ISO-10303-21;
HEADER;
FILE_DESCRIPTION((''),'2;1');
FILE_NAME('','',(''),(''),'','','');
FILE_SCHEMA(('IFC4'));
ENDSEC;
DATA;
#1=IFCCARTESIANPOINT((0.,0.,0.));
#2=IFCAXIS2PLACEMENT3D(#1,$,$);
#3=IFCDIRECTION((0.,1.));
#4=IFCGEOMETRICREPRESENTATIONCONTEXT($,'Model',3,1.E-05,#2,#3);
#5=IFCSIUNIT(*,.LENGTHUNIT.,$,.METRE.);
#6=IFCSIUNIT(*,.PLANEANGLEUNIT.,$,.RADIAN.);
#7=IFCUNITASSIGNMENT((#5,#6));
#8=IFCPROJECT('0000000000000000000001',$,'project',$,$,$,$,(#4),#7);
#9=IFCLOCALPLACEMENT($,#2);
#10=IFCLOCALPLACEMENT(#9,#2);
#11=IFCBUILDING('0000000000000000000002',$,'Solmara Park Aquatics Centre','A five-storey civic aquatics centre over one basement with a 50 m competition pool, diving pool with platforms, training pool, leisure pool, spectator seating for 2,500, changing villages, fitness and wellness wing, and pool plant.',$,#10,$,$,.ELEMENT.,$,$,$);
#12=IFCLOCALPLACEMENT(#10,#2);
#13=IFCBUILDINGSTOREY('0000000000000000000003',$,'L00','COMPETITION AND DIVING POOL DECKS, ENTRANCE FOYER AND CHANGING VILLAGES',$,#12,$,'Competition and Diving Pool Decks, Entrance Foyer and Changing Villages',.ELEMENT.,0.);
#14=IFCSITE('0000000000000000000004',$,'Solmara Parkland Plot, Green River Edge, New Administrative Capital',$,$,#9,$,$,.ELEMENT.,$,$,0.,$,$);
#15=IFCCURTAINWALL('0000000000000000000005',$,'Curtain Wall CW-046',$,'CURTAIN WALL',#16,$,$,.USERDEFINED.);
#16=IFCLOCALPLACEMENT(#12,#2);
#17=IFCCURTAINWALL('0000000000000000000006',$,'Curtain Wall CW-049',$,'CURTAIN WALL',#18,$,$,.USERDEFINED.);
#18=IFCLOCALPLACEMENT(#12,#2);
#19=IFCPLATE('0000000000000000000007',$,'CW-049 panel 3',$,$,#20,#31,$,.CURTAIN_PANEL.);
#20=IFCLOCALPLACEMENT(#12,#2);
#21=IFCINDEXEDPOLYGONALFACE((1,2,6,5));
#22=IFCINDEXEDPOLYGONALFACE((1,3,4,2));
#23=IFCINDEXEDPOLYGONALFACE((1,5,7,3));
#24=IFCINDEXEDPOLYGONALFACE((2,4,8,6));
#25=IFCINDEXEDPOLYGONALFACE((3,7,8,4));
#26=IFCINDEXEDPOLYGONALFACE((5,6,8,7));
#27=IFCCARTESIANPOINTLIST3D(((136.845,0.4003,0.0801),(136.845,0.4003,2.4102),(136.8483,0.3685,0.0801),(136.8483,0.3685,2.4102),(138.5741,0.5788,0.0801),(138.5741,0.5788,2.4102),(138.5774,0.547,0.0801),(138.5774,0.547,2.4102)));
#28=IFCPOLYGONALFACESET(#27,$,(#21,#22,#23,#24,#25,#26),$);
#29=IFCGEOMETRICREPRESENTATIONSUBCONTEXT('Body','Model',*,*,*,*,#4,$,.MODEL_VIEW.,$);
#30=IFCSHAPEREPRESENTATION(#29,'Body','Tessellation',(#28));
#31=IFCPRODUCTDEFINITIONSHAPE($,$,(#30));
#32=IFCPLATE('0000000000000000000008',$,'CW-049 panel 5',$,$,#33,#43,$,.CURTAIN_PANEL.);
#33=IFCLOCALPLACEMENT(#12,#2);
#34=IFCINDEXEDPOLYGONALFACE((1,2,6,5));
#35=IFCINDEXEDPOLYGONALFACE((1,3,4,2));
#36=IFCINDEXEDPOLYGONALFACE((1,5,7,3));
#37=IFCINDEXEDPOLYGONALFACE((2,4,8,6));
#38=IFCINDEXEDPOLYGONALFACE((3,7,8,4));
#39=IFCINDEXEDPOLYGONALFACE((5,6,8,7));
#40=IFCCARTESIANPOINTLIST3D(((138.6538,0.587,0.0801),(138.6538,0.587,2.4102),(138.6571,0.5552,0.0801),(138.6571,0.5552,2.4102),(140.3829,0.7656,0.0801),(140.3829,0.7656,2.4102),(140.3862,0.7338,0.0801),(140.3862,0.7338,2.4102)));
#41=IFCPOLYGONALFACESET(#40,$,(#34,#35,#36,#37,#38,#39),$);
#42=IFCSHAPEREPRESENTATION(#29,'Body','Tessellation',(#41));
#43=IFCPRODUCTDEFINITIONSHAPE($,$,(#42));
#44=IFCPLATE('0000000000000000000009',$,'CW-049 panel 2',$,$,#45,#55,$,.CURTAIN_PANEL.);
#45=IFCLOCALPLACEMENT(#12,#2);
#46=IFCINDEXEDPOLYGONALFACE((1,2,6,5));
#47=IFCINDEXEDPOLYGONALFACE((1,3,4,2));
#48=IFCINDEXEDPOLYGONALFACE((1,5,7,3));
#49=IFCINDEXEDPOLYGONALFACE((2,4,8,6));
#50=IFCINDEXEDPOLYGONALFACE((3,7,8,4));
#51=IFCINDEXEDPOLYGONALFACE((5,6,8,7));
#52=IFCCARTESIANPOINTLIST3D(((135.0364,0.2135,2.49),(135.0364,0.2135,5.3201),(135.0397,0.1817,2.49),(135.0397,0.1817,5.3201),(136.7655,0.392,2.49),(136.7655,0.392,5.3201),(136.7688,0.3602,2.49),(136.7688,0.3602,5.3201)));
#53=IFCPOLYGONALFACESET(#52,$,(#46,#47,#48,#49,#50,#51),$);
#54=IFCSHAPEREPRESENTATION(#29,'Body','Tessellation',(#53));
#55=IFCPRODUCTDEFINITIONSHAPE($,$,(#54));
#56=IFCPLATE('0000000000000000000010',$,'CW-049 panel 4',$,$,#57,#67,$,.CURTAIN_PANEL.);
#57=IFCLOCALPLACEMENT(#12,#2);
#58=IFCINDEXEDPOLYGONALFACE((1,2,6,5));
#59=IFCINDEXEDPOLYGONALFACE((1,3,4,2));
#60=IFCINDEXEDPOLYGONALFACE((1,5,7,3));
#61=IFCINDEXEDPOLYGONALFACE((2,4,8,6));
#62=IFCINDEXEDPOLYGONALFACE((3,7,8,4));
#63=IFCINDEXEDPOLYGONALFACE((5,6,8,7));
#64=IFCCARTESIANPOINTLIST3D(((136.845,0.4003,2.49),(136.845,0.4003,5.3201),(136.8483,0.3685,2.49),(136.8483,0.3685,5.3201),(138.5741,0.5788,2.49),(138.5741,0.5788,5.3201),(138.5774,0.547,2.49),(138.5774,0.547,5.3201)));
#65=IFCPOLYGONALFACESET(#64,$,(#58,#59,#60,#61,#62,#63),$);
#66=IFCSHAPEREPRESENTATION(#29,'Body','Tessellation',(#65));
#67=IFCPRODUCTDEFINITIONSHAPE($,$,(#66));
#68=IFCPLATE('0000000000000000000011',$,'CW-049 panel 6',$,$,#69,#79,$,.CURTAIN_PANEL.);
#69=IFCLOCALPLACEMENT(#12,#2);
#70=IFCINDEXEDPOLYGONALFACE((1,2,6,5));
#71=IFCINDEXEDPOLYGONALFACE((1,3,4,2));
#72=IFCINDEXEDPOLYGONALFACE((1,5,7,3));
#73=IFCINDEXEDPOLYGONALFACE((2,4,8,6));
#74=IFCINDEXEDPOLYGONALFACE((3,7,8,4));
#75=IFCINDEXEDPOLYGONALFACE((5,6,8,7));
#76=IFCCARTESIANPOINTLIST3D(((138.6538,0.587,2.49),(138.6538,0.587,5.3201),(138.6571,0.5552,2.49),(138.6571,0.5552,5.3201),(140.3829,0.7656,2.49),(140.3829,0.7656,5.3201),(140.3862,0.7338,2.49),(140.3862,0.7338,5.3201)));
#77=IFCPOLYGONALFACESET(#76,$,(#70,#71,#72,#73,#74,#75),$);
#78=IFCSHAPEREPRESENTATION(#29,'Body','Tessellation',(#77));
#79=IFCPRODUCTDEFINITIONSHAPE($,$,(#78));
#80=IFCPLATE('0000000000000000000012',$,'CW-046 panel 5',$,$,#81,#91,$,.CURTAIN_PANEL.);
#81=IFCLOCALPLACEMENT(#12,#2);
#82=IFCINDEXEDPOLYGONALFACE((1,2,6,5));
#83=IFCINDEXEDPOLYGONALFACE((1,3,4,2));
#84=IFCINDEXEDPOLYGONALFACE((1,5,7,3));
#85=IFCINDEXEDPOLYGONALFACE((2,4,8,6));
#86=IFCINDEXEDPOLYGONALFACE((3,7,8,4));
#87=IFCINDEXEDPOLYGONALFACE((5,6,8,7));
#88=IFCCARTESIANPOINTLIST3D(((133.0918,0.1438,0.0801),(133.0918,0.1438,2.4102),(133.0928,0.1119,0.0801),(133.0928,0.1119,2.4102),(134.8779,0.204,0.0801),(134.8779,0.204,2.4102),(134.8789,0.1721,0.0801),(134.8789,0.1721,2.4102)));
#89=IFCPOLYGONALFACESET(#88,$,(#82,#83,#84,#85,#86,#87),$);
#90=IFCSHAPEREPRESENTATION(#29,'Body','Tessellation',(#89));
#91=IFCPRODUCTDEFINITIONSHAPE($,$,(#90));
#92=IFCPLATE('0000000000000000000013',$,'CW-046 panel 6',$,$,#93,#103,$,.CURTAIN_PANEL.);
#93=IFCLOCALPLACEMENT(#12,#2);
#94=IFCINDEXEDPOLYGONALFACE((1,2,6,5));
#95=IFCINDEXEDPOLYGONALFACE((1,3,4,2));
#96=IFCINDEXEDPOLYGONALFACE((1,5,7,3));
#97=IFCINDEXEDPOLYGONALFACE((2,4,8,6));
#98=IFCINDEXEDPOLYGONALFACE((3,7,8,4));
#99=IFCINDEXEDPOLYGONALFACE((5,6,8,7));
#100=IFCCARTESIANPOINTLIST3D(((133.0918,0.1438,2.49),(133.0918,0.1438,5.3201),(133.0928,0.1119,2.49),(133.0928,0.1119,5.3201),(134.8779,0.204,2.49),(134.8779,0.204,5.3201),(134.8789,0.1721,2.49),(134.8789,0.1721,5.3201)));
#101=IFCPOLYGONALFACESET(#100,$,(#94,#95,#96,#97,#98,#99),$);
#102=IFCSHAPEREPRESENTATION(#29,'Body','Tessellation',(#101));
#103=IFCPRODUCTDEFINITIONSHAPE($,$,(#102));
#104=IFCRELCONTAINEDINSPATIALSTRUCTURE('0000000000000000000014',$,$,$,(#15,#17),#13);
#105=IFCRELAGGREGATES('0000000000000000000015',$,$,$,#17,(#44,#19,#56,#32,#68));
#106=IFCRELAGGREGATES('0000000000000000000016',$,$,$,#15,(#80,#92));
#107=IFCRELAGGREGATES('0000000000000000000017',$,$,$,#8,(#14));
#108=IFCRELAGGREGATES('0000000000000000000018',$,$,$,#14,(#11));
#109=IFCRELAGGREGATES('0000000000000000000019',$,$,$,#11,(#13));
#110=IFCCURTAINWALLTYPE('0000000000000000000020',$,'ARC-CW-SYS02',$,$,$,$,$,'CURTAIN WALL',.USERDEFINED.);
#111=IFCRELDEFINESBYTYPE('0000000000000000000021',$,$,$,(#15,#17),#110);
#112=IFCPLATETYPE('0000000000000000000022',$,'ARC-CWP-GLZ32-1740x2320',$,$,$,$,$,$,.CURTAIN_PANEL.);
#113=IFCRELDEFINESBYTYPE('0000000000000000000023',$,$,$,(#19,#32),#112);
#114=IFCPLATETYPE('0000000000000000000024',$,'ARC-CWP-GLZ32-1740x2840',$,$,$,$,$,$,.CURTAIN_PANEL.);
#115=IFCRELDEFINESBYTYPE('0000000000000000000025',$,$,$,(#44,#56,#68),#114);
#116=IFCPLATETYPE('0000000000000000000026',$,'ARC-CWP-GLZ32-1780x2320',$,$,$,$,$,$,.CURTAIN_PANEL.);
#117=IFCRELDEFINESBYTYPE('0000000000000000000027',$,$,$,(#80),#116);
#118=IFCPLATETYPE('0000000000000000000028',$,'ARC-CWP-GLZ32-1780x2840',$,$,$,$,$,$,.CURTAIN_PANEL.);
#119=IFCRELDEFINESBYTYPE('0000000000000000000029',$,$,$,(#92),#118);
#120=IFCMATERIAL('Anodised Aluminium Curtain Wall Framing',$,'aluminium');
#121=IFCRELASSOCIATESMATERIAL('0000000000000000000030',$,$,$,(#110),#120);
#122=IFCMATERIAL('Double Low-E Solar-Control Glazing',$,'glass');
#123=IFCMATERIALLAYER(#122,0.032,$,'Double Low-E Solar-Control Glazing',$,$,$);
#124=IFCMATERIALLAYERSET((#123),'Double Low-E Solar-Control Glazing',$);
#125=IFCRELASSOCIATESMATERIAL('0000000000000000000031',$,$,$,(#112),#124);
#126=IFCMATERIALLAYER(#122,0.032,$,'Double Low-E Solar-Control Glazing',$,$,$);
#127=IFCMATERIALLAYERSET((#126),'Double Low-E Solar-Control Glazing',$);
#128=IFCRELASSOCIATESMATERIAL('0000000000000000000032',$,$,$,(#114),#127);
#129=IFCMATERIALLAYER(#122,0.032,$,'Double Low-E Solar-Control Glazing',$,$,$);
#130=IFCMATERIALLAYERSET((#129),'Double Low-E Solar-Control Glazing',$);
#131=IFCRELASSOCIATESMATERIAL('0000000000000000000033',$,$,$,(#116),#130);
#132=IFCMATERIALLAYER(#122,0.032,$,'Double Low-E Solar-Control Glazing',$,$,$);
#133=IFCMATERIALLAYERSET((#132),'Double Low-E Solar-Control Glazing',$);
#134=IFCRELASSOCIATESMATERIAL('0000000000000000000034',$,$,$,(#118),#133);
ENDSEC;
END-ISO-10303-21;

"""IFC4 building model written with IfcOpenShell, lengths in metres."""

from ifc_helpers import new_model, si_unit, direction, frame, origin, origin_2d, place, context, subcontext, project, spatial, rectangle, extrude, material, layer, layer_set, type_object, element, aggregate, save


model = new_model("IFC4")

# Units and contexts
model_context = context("Model", 3, precision=1e-05, world=origin(), true_north=direction((0.0, 1.0)))
body_context = subcontext(model_context, "Body", "Model", "MODEL_VIEW")
ifc_project = project(units=[si_unit("LENGTHUNIT", "METRE"), si_unit("PLANEANGLEUNIT", "RADIAN")], contexts=[model_context])

# Site, building, storey
site_placement = place(None, origin())
site = spatial("IfcSite", under=ifc_project, at=site_placement, Name="Solmara Parkland Plot, Green River Edge, New Administrative Capital", CompositionType="ELEMENT", RefElevation=0.0)
building_placement = place(site_placement, origin())
building = spatial("IfcBuilding", under=site, at=building_placement, Name="Solmara Park Aquatics Centre", Description="A five-storey civic aquatics centre over one basement with a 50 m competition pool, diving pool with platforms, training pool, leisure pool, spectator seating for 2,500, changing villages, fitness and wellness wing, and pool plant.", CompositionType="ELEMENT")
storey_placement = place(building_placement, origin())
storey = spatial("IfcBuildingStorey", under=building, at=storey_placement, Name="L00", Description="COMPETITION AND DIVING POOL DECKS, ENTRANCE FOYER AND CHANGING VILLAGES", LongName="Competition and Diving Pool Decks, Entrance Foyer and Changing Villages", CompositionType="ELEMENT", Elevation=0.0)

# Curtain walls
ifc_material_1 = material(Name="Anodised Aluminium Curtain Wall Framing", Category="aluminium")
curtain_wall_type = type_object("IfcCurtainWallType", Name="ARC-CW-SYS02", ElementType="CURTAIN WALL", PredefinedType="USERDEFINED", material=ifc_material_1)
curtain_wall_1_placement = place(storey_placement, origin())
curtain_wall_1 = element("IfcCurtainWall", 1, at=curtain_wall_1_placement, inside=storey, type_object=curtain_wall_type, Name="Curtain Wall CW-046", ObjectType="CURTAIN WALL", PredefinedType="USERDEFINED")
curtain_wall_2_placement = place(storey_placement, origin())
curtain_wall_2 = element("IfcCurtainWall", 2, at=curtain_wall_2_placement, inside=storey, type_object=curtain_wall_type, Name="Curtain Wall CW-049", ObjectType="CURTAIN WALL", PredefinedType="USERDEFINED")

# Plates
ifc_material_2 = material(Name="Double Low-E Solar-Control Glazing", Category="glass")
ifc_layer_1 = layer(ifc_material_2, 0.032, Name="Double Low-E Solar-Control Glazing")
ifc_layer_set_1 = layer_set([ifc_layer_1], Name="Double Low-E Solar-Control Glazing")
plate_type_1 = type_object("IfcPlateType", Name="ARC-CWP-GLZ32-1740x2320", PredefinedType="CURTAIN_PANEL", material=ifc_layer_set_1)
plate_1_placement = place(storey_placement, frame((137.7112, 0.4736, 0.0801), z_axis=(0.0, 0.0, 1.0), x_axis=(0.994711, 0.102709, 0.0)))
plate_1 = element("IfcPlate", 3, at=plate_1_placement, type_object=plate_type_1, Name="CW-049 panel 3", PredefinedType="CURTAIN_PANEL", context=body_context, shape_type="SweptSolid", body=[
    extrude(rectangle(XDim=1.7383, YDim=0.032, at=origin_2d()), origin(), (0.0, 0.0, 1.0), 2.3301),
])
plate_2_placement = place(storey_placement, frame((139.52, 0.6604, 0.0801), z_axis=(0.0, 0.0, 1.0), x_axis=(0.994711, 0.102709, 0.0)))
plate_2 = element("IfcPlate", 4, at=plate_2_placement, type_object=plate_type_1, Name="CW-049 panel 5", PredefinedType="CURTAIN_PANEL", context=body_context, shape_type="SweptSolid", body=[
    extrude(rectangle(XDim=1.7383, YDim=0.032, at=origin_2d()), origin(), (0.0, 0.0, 1.0), 2.3301),
])
ifc_layer_2 = layer(ifc_material_2, 0.032, Name="Double Low-E Solar-Control Glazing")
ifc_layer_set_2 = layer_set([ifc_layer_2], Name="Double Low-E Solar-Control Glazing")
plate_type_2 = type_object("IfcPlateType", Name="ARC-CWP-GLZ32-1740x2840", PredefinedType="CURTAIN_PANEL", material=ifc_layer_set_2)
plate_3_placement = place(storey_placement, frame((135.9026, 0.2869, 2.49), z_axis=(0.0, 0.0, 1.0), x_axis=(0.994711, 0.102709, 0.0)))
plate_3 = element("IfcPlate", 5, at=plate_3_placement, type_object=plate_type_2, Name="CW-049 panel 2", PredefinedType="CURTAIN_PANEL", context=body_context, shape_type="SweptSolid", body=[
    extrude(rectangle(XDim=1.7383, YDim=0.032, at=origin_2d()), origin(), (0.0, 0.0, 1.0), 2.8301),
])
plate_4_placement = place(storey_placement, frame((137.7112, 0.4736, 2.49), z_axis=(0.0, 0.0, 1.0), x_axis=(0.994711, 0.102709, 0.0)))
plate_4 = element("IfcPlate", 6, at=plate_4_placement, type_object=plate_type_2, Name="CW-049 panel 4", PredefinedType="CURTAIN_PANEL", context=body_context, shape_type="SweptSolid", body=[
    extrude(rectangle(XDim=1.7383, YDim=0.032, at=origin_2d()), origin(), (0.0, 0.0, 1.0), 2.8301),
])
plate_5_placement = place(storey_placement, frame((139.52, 0.6604, 2.49), z_axis=(0.0, 0.0, 1.0), x_axis=(0.994711, 0.102709, 0.0)))
plate_5 = element("IfcPlate", 7, at=plate_5_placement, type_object=plate_type_2, Name="CW-049 panel 6", PredefinedType="CURTAIN_PANEL", context=body_context, shape_type="SweptSolid", body=[
    extrude(rectangle(XDim=1.7383, YDim=0.032, at=origin_2d()), origin(), (0.0, 0.0, 1.0), 2.8301),
])
aggregate(curtain_wall_2, [plate_3, plate_1, plate_4, plate_2, plate_5])
ifc_layer_3 = layer(ifc_material_2, 0.032, Name="Double Low-E Solar-Control Glazing")
ifc_layer_set_3 = layer_set([ifc_layer_3], Name="Double Low-E Solar-Control Glazing")
plate_type_3 = type_object("IfcPlateType", Name="ARC-CWP-GLZ32-1780x2320", PredefinedType="CURTAIN_PANEL", material=ifc_layer_set_3)
plate_6_placement = place(storey_placement, frame((133.9854, 0.158, 0.0801), z_axis=(0.0, 0.0, 1.0), x_axis=(0.999432, 0.033689, 0.0)))
plate_6 = element("IfcPlate", 8, at=plate_6_placement, type_object=plate_type_3, Name="CW-046 panel 5", PredefinedType="CURTAIN_PANEL", context=body_context, shape_type="SweptSolid", body=[
    extrude(rectangle(XDim=1.7871, YDim=0.032, at=origin_2d()), origin(), (0.0, 0.0, 1.0), 2.3301),
])
ifc_layer_4 = layer(ifc_material_2, 0.032, Name="Double Low-E Solar-Control Glazing")
ifc_layer_set_4 = layer_set([ifc_layer_4], Name="Double Low-E Solar-Control Glazing")
plate_type_4 = type_object("IfcPlateType", Name="ARC-CWP-GLZ32-1780x2840", PredefinedType="CURTAIN_PANEL", material=ifc_layer_set_4)
plate_7_placement = place(storey_placement, frame((133.9854, 0.158, 2.49), z_axis=(0.0, 0.0, 1.0), x_axis=(0.999432, 0.033689, 0.0)))
plate_7 = element("IfcPlate", 9, at=plate_7_placement, type_object=plate_type_4, Name="CW-046 panel 6", PredefinedType="CURTAIN_PANEL", context=body_context, shape_type="SweptSolid", body=[
    extrude(rectangle(XDim=1.7871, YDim=0.032, at=origin_2d()), origin(), (0.0, 0.0, 1.0), 2.8301),
])
aggregate(curtain_wall_1, [plate_6, plate_7])

save(model, "model.ifc")
